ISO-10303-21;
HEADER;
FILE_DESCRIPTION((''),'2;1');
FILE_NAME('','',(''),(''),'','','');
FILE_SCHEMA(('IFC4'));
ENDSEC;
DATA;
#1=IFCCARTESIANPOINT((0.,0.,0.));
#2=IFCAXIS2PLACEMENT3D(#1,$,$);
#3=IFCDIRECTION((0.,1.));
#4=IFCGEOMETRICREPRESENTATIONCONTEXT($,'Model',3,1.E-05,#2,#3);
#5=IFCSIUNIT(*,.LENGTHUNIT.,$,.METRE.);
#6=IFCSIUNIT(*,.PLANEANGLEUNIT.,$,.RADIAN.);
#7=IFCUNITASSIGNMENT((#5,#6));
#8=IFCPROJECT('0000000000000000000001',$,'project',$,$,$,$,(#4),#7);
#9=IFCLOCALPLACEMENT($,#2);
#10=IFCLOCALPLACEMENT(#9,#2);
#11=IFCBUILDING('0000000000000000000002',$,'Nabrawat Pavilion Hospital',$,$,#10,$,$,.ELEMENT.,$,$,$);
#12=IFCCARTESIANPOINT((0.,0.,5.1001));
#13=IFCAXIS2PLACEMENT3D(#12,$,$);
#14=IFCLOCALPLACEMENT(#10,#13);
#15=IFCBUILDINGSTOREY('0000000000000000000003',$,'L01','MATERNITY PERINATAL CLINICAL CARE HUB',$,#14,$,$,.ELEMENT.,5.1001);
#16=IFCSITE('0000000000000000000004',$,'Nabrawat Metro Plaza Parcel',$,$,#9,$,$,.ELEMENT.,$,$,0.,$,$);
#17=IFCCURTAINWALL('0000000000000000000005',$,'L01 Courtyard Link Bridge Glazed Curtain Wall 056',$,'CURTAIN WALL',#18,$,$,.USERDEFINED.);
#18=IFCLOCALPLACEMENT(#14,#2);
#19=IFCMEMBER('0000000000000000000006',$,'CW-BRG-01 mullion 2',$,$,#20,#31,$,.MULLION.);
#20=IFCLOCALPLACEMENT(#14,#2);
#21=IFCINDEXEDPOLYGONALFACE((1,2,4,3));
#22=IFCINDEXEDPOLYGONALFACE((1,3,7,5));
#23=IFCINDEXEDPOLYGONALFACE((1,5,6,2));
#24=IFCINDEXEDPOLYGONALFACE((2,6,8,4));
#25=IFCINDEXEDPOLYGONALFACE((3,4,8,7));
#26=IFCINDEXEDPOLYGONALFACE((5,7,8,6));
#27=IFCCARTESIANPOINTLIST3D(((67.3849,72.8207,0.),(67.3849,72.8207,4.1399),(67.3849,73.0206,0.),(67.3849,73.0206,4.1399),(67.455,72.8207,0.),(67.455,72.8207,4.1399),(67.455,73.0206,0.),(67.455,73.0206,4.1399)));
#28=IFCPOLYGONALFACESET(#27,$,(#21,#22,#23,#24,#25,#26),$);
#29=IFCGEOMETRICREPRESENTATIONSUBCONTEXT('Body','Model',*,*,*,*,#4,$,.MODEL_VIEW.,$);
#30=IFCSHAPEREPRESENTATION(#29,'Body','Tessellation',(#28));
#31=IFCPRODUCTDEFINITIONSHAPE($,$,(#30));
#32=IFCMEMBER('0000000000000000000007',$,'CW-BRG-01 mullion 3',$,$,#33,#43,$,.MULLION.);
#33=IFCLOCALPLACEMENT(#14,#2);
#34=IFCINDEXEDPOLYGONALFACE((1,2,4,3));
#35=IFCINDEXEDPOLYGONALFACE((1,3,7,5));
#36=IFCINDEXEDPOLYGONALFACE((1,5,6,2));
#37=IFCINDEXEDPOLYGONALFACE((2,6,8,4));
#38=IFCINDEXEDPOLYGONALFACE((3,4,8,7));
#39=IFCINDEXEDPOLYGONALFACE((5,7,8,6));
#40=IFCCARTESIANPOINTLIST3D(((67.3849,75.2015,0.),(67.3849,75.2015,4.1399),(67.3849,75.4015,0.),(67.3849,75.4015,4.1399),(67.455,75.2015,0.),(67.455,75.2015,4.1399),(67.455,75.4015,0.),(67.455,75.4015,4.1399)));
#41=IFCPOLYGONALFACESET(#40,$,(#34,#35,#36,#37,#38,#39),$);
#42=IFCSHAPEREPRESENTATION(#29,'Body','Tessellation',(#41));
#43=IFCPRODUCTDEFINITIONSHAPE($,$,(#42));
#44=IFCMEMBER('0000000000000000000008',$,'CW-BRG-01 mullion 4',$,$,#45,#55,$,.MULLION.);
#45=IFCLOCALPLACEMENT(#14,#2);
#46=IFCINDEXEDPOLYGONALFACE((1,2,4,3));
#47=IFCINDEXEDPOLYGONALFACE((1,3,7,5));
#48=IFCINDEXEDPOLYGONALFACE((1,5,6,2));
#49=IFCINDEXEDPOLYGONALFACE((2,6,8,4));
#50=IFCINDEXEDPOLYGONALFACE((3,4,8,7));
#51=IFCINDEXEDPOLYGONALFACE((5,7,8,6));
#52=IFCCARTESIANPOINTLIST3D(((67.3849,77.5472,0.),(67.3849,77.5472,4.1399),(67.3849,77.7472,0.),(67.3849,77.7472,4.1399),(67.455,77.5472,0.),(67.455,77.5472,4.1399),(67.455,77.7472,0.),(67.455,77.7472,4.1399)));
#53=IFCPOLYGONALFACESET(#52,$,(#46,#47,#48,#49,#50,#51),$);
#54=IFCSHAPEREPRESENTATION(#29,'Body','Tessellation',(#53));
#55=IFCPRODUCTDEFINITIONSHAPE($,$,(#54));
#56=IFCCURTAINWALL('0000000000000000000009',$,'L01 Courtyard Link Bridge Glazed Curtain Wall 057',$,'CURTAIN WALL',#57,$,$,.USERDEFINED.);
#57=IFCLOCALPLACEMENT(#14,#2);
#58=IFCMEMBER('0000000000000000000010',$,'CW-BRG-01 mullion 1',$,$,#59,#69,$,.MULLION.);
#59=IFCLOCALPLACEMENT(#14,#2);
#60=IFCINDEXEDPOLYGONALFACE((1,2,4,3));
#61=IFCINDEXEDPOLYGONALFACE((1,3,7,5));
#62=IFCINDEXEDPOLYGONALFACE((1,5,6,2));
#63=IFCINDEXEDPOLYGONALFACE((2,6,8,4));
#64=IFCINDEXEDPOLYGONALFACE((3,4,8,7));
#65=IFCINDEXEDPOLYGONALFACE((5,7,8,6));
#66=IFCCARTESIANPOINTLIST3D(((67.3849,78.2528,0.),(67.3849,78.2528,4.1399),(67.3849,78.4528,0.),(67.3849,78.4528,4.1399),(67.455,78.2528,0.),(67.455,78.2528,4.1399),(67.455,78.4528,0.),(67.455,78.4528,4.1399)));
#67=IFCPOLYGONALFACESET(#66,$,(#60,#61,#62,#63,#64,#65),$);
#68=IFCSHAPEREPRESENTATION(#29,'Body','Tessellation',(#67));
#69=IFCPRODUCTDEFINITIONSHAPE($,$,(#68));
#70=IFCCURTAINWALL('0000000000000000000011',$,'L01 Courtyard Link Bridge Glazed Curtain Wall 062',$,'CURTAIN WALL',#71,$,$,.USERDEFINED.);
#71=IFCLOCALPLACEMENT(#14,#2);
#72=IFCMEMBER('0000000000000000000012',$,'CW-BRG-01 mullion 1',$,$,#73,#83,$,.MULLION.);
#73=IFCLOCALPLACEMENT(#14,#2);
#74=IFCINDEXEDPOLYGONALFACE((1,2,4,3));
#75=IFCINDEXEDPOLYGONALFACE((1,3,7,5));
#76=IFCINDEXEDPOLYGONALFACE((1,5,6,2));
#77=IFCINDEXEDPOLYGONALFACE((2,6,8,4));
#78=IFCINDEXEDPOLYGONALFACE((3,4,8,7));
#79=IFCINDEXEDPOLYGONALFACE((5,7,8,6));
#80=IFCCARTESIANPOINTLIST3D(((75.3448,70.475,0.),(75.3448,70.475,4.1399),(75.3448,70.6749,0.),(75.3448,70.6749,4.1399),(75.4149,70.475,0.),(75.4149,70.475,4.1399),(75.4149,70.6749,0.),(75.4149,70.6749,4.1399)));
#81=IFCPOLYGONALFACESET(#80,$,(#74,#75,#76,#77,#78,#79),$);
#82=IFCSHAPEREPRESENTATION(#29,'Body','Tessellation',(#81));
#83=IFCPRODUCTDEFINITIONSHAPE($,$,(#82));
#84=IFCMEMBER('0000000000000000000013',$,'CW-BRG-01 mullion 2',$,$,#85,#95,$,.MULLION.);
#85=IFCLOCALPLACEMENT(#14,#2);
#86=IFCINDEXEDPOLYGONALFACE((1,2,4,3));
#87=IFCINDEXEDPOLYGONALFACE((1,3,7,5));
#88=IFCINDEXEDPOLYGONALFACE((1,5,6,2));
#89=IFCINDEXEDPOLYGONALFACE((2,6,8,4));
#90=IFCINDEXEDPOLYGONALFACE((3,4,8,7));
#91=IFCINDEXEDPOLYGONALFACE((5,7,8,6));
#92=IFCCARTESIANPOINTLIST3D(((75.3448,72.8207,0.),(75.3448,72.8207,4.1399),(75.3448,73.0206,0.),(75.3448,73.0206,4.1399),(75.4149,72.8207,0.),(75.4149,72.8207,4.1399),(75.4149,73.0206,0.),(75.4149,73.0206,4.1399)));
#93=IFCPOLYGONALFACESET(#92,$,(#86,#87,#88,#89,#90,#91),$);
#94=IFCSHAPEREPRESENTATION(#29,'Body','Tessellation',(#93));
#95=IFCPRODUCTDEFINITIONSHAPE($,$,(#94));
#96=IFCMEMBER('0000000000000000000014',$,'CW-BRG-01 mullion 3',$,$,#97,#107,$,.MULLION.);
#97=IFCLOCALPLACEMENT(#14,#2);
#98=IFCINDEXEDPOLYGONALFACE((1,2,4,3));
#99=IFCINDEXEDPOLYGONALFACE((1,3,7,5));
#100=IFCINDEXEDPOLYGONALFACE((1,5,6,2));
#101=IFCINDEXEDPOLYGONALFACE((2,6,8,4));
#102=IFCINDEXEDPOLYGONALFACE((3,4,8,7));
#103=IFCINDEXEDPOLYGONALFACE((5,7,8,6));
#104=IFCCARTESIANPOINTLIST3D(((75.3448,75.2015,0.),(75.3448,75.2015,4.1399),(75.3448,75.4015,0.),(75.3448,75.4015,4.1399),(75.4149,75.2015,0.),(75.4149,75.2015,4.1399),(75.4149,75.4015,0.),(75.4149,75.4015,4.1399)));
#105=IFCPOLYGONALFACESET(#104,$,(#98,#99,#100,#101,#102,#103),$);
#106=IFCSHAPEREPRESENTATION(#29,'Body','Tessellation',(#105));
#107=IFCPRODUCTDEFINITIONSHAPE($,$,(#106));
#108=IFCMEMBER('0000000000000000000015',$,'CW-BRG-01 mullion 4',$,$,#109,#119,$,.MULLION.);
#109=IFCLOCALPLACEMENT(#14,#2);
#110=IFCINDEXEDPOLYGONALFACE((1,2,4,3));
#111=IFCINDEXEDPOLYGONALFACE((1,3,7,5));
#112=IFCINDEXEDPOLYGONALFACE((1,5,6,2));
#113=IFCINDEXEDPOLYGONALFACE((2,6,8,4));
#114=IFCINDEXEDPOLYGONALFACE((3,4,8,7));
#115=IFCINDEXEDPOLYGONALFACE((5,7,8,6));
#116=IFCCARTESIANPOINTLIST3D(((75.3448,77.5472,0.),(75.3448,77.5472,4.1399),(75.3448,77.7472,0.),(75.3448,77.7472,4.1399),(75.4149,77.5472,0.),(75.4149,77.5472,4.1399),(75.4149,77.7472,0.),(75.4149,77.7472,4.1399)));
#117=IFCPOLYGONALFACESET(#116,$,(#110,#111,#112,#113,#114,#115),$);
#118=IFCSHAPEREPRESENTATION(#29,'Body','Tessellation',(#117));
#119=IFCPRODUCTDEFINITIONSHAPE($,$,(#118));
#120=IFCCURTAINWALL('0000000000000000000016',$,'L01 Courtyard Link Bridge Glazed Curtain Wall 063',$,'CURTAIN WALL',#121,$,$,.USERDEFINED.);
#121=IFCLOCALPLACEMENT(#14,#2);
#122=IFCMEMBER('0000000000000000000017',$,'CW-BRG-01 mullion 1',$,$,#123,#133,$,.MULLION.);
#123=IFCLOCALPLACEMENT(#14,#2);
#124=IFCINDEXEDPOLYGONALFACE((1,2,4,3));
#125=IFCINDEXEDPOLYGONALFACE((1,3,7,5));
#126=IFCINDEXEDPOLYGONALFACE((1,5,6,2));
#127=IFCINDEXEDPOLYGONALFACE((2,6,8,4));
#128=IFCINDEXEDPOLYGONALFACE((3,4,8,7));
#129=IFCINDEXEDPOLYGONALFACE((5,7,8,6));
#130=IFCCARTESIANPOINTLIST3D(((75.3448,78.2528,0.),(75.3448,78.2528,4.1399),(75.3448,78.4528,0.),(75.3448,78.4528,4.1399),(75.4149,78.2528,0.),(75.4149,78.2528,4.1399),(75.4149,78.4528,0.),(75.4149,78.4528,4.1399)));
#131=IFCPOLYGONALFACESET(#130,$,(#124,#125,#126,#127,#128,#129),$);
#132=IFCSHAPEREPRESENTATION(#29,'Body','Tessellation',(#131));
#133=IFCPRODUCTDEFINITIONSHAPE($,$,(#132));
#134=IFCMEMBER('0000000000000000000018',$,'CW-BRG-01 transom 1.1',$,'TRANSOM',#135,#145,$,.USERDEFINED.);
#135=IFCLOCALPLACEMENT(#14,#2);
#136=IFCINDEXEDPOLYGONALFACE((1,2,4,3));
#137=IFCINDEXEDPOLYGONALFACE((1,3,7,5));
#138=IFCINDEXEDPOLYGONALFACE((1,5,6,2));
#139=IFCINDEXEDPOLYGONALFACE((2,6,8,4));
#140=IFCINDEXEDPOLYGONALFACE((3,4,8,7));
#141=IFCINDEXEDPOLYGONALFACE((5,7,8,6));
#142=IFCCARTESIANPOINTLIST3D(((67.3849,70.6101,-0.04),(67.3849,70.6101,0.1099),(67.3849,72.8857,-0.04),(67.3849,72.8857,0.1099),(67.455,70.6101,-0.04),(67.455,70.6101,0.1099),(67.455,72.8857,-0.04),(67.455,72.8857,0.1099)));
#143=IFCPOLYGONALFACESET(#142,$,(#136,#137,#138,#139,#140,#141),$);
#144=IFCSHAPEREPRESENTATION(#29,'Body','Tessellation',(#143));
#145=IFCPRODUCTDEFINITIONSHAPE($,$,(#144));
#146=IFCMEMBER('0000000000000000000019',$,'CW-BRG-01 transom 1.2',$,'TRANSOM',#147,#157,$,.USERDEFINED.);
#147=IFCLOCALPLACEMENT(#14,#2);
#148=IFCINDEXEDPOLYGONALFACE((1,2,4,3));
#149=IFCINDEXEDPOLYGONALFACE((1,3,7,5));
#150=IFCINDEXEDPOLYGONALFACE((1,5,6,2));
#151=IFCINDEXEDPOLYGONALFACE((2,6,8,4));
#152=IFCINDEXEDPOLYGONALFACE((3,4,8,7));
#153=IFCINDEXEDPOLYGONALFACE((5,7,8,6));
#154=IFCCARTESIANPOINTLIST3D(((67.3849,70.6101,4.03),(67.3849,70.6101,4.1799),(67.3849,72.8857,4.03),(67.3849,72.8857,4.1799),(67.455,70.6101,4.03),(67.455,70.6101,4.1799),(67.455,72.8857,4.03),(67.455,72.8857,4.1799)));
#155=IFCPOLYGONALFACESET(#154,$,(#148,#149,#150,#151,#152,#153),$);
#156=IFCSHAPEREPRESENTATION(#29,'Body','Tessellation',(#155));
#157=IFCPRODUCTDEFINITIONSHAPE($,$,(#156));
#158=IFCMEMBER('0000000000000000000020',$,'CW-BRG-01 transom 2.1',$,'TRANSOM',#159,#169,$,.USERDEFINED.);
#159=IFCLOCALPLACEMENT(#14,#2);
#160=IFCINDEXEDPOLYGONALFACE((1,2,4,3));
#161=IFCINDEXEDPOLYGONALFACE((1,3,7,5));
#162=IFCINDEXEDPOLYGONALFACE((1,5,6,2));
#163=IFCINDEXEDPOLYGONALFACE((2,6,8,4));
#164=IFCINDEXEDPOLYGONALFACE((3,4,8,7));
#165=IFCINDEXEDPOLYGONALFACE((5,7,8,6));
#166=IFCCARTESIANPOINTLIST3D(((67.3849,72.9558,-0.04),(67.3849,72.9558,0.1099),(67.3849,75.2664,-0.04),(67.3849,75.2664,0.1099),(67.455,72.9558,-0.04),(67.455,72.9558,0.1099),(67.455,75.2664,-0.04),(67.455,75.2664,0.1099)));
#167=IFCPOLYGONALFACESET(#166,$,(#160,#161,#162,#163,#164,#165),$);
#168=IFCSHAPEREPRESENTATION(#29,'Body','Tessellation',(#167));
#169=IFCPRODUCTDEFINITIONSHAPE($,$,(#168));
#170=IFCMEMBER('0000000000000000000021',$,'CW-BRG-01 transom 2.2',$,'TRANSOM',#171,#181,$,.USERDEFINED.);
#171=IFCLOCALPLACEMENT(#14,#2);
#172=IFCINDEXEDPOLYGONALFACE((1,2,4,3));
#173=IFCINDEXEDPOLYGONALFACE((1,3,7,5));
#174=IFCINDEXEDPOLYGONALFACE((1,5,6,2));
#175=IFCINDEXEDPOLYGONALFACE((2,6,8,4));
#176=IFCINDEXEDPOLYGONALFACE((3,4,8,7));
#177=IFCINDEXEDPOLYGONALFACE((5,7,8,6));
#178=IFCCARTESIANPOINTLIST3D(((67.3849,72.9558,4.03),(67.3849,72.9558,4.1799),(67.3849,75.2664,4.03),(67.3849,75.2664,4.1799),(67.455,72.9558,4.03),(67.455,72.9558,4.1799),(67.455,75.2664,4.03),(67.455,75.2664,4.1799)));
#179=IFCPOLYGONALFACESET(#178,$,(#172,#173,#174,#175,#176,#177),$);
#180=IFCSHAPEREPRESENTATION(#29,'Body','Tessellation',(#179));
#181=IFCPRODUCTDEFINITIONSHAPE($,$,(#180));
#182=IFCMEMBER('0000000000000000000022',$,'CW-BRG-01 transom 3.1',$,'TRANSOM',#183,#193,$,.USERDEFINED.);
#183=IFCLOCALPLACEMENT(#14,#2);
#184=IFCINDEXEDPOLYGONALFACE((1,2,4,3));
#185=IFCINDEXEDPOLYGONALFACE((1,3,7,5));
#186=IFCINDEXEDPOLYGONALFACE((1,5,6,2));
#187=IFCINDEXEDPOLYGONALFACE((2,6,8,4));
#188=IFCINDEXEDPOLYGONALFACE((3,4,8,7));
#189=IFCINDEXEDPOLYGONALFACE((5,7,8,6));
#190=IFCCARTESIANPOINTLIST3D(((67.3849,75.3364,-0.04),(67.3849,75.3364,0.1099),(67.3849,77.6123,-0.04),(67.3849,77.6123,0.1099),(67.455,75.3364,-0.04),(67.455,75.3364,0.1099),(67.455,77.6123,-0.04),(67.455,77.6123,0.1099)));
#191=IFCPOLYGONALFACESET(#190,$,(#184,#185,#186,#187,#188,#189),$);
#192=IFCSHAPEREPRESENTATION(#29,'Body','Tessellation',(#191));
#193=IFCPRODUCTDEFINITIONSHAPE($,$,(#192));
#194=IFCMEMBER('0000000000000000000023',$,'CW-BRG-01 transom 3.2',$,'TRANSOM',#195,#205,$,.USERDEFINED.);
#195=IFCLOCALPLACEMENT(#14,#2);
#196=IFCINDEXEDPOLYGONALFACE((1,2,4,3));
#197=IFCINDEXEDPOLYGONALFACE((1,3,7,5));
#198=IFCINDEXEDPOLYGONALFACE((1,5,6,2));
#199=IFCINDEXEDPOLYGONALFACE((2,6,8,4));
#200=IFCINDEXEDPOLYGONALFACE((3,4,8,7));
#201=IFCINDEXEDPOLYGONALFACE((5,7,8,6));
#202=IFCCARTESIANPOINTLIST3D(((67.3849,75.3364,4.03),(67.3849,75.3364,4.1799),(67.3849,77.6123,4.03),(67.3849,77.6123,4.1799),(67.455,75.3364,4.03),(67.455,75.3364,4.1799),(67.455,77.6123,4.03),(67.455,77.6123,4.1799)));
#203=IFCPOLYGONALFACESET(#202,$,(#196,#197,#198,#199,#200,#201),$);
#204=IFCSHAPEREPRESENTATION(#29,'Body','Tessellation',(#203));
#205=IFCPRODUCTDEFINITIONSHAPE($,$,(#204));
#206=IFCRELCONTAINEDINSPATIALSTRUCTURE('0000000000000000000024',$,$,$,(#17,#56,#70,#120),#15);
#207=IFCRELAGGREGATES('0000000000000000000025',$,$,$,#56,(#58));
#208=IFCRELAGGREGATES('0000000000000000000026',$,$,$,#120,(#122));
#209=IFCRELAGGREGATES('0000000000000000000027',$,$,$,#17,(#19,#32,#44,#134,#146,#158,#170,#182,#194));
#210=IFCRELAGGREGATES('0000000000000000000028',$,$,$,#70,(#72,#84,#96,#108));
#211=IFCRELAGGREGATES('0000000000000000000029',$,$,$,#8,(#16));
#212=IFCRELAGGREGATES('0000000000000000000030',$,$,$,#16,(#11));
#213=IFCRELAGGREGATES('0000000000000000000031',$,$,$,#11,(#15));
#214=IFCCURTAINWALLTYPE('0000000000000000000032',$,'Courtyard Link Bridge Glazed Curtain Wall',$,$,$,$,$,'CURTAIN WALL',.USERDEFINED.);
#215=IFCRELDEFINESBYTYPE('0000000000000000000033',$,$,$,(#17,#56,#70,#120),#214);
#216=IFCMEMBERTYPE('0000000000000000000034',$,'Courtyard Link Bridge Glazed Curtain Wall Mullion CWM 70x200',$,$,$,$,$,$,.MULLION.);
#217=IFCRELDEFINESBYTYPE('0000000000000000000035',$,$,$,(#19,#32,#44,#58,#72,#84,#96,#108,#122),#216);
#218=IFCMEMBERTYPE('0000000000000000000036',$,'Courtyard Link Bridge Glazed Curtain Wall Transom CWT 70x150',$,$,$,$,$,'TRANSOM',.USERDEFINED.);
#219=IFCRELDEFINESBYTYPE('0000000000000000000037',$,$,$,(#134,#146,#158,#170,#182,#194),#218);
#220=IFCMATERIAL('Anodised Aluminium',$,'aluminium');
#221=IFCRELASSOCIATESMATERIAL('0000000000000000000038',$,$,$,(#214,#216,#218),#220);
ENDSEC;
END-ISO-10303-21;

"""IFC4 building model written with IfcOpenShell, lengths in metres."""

from ifc_helpers import new_model, si_unit, direction, frame, origin, origin_2d, place, context, subcontext, project, spatial, rectangle, extrude, material, material_profile, profile_set, type_object, element, aggregate, save


model = new_model("IFC4")

# Units and contexts
model_context = context("Model", 3, precision=1e-05, world=origin(), true_north=direction((0.0, 1.0)))
body_context = subcontext(model_context, "Body", "Model", "MODEL_VIEW")
ifc_project = project(units=[si_unit("LENGTHUNIT", "METRE"), si_unit("PLANEANGLEUNIT", "RADIAN")], contexts=[model_context])

# Site, building, storey
site_placement = place(None, origin())
site = spatial("IfcSite", under=ifc_project, at=site_placement, Name="Nabrawat Metro Plaza Parcel", CompositionType="ELEMENT", RefElevation=0.0)
building_placement = place(site_placement, origin())
building = spatial("IfcBuilding", under=site, at=building_placement, Name="Nabrawat Pavilion Hospital", CompositionType="ELEMENT")
storey_placement = place(building_placement, frame((0.0, 0.0, 5.1001)))
storey = spatial("IfcBuildingStorey", under=building, at=storey_placement, Name="L01", Description="MATERNITY PERINATAL CLINICAL CARE HUB", CompositionType="ELEMENT", Elevation=5.1001)

# Curtain wall, members
ifc_material_1 = material(Name="Anodised Aluminium", Category="aluminium")
curtain_wall_type = type_object("IfcCurtainWallType", Name="Courtyard Link Bridge Glazed Curtain Wall", ElementType="CURTAIN WALL", PredefinedType="USERDEFINED", material=ifc_material_1)
curtain_wall_1_placement = place(storey_placement, origin())
curtain_wall_1 = element("IfcCurtainWall", 1, at=curtain_wall_1_placement, inside=storey, type_object=curtain_wall_type, Name="L01 Courtyard Link Bridge Glazed Curtain Wall 056", ObjectType="CURTAIN WALL", PredefinedType="USERDEFINED")
ifc_material_profile_1 = material_profile(ifc_material_1, rectangle(XDim=0.0701, YDim=0.2, at=origin_2d()), Name="CWM 70x200")
ifc_profile_set_1 = profile_set([ifc_material_profile_1], Name="Anodised Aluminium")
member_type_1 = type_object("IfcMemberType", Name="Courtyard Link Bridge Glazed Curtain Wall Mullion CWM 70x200", PredefinedType="MULLION", material=ifc_profile_set_1)
member_1_placement = place(storey_placement, frame((67.4199, 72.9207, 0.0), z_axis=(0.0, 0.0, 1.0), x_axis=(-1.0, 0.0, 0.0)))
member_1 = element("IfcMember", 2, at=member_1_placement, type_object=member_type_1, Name="CW-BRG-01 mullion 2", PredefinedType="MULLION", context=body_context, shape_type="SweptSolid", body=[
    extrude(rectangle(XDim=0.0701, YDim=0.2, at=origin_2d()), origin(), (0.0, 0.0, 1.0), 4.1399),
])
member_2_placement = place(storey_placement, frame((67.4199, 75.3015, 0.0), z_axis=(0.0, 0.0, 1.0), x_axis=(-1.0, 0.0, 0.0)))
member_2 = element("IfcMember", 3, at=member_2_placement, type_object=member_type_1, Name="CW-BRG-01 mullion 3", PredefinedType="MULLION", context=body_context, shape_type="SweptSolid", body=[
    extrude(rectangle(XDim=0.0701, YDim=0.2, at=origin_2d()), origin(), (0.0, 0.0, 1.0), 4.1399),
])
member_3_placement = place(storey_placement, frame((67.4199, 77.6472, 0.0), z_axis=(0.0, 0.0, 1.0), x_axis=(-1.0, 0.0, 0.0)))
member_3 = element("IfcMember", 4, at=member_3_placement, type_object=member_type_1, Name="CW-BRG-01 mullion 4", PredefinedType="MULLION", context=body_context, shape_type="SweptSolid", body=[
    extrude(rectangle(XDim=0.0701, YDim=0.2, at=origin_2d()), origin(), (0.0, 0.0, 1.0), 4.1399),
])

# Curtain wall, member
curtain_wall_2_placement = place(storey_placement, origin())
curtain_wall_2 = element("IfcCurtainWall", 5, at=curtain_wall_2_placement, inside=storey, type_object=curtain_wall_type, Name="L01 Courtyard Link Bridge Glazed Curtain Wall 057", ObjectType="CURTAIN WALL", PredefinedType="USERDEFINED")
member_4_placement = place(storey_placement, frame((67.4199, 78.3528, 0.0), z_axis=(0.0, 0.0, 1.0), x_axis=(-1.0, 0.0, 0.0)))
member_4 = element("IfcMember", 6, at=member_4_placement, type_object=member_type_1, Name="CW-BRG-01 mullion 1", PredefinedType="MULLION", context=body_context, shape_type="SweptSolid", body=[
    extrude(rectangle(XDim=0.0701, YDim=0.2, at=origin_2d()), origin(), (0.0, 0.0, 1.0), 4.1399),
])
aggregate(curtain_wall_2, [member_4])

# Curtain wall, members
curtain_wall_3_placement = place(storey_placement, origin())
curtain_wall_3 = element("IfcCurtainWall", 7, at=curtain_wall_3_placement, inside=storey, type_object=curtain_wall_type, Name="L01 Courtyard Link Bridge Glazed Curtain Wall 062", ObjectType="CURTAIN WALL", PredefinedType="USERDEFINED")
member_5_placement = place(storey_placement, frame((75.3799, 70.575, 0.0), z_axis=(0.0, 0.0, 1.0), x_axis=(-1.0, 0.0, 0.0)))
member_5 = element("IfcMember", 8, at=member_5_placement, type_object=member_type_1, Name="CW-BRG-01 mullion 1", PredefinedType="MULLION", context=body_context, shape_type="SweptSolid", body=[
    extrude(rectangle(XDim=0.0701, YDim=0.2, at=origin_2d()), origin(), (0.0, 0.0, 1.0), 4.1399),
])
member_6_placement = place(storey_placement, frame((75.3799, 72.9207, 0.0), z_axis=(0.0, 0.0, 1.0), x_axis=(-1.0, 0.0, 0.0)))
member_6 = element("IfcMember", 9, at=member_6_placement, type_object=member_type_1, Name="CW-BRG-01 mullion 2", PredefinedType="MULLION", context=body_context, shape_type="SweptSolid", body=[
    extrude(rectangle(XDim=0.0701, YDim=0.2, at=origin_2d()), origin(), (0.0, 0.0, 1.0), 4.1399),
])
member_7_placement = place(storey_placement, frame((75.3799, 75.3015, 0.0), z_axis=(0.0, 0.0, 1.0), x_axis=(-1.0, 0.0, 0.0)))
member_7 = element("IfcMember", 10, at=member_7_placement, type_object=member_type_1, Name="CW-BRG-01 mullion 3", PredefinedType="MULLION", context=body_context, shape_type="SweptSolid", body=[
    extrude(rectangle(XDim=0.0701, YDim=0.2, at=origin_2d()), origin(), (0.0, 0.0, 1.0), 4.1399),
])
member_8_placement = place(storey_placement, frame((75.3799, 77.6472, 0.0), z_axis=(0.0, 0.0, 1.0), x_axis=(-1.0, 0.0, 0.0)))
member_8 = element("IfcMember", 11, at=member_8_placement, type_object=member_type_1, Name="CW-BRG-01 mullion 4", PredefinedType="MULLION", context=body_context, shape_type="SweptSolid", body=[
    extrude(rectangle(XDim=0.0701, YDim=0.2, at=origin_2d()), origin(), (0.0, 0.0, 1.0), 4.1399),
])

# Curtain wall, member
curtain_wall_4_placement = place(storey_placement, origin())
curtain_wall_4 = element("IfcCurtainWall", 12, at=curtain_wall_4_placement, inside=storey, type_object=curtain_wall_type, Name="L01 Courtyard Link Bridge Glazed Curtain Wall 063", ObjectType="CURTAIN WALL", PredefinedType="USERDEFINED")
member_9_placement = place(storey_placement, frame((75.3799, 78.3528, 0.0), z_axis=(0.0, 0.0, 1.0), x_axis=(-1.0, 0.0, 0.0)))
member_9 = element("IfcMember", 13, at=member_9_placement, type_object=member_type_1, Name="CW-BRG-01 mullion 1", PredefinedType="MULLION", context=body_context, shape_type="SweptSolid", body=[
    extrude(rectangle(XDim=0.0701, YDim=0.2, at=origin_2d()), origin(), (0.0, 0.0, 1.0), 4.1399),
])
aggregate(curtain_wall_4, [member_9])

# Members
ifc_material_profile_2 = material_profile(ifc_material_1, rectangle(XDim=0.0701, YDim=0.1499, at=origin_2d()), Name="CWT 70x150")
ifc_profile_set_2 = profile_set([ifc_material_profile_2], Name="Anodised Aluminium")
member_type_2 = type_object("IfcMemberType", Name="Courtyard Link Bridge Glazed Curtain Wall Transom CWT 70x150", ElementType="TRANSOM", PredefinedType="USERDEFINED", material=ifc_profile_set_2)
member_10_placement = place(storey_placement, frame((67.4199, 70.6101, 0.0349), z_axis=(0.0, 1.0, 0.0), x_axis=(-1.0, 0.0, 0.0)))
member_10 = element("IfcMember", 14, at=member_10_placement, type_object=member_type_2, Name="CW-BRG-01 transom 1.1", ObjectType="TRANSOM", PredefinedType="USERDEFINED", context=body_context, shape_type="SweptSolid", body=[
    extrude(rectangle(XDim=0.0701, YDim=0.1499, at=origin_2d()), origin(), (0.0, 0.0, 1.0), 2.2756),
])
member_11_placement = place(storey_placement, frame((67.4199, 70.6101, 4.105), z_axis=(0.0, 1.0, 0.0), x_axis=(-1.0, 0.0, 0.0)))
member_11 = element("IfcMember", 15, at=member_11_placement, type_object=member_type_2, Name="CW-BRG-01 transom 1.2", ObjectType="TRANSOM", PredefinedType="USERDEFINED", context=body_context, shape_type="SweptSolid", body=[
    extrude(rectangle(XDim=0.0701, YDim=0.1499, at=origin_2d()), origin(), (0.0, 0.0, 1.0), 2.2756),
])
member_12_placement = place(storey_placement, frame((67.4199, 72.9558, 0.0349), z_axis=(0.0, 1.0, 0.0), x_axis=(-1.0, 0.0, 0.0)))
member_12 = element("IfcMember", 16, at=member_12_placement, type_object=member_type_2, Name="CW-BRG-01 transom 2.1", ObjectType="TRANSOM", PredefinedType="USERDEFINED", context=body_context, shape_type="SweptSolid", body=[
    extrude(rectangle(XDim=0.0701, YDim=0.1499, at=origin_2d()), origin(), (0.0, 0.0, 1.0), 2.3105),
])
member_13_placement = place(storey_placement, frame((67.4199, 72.9558, 4.105), z_axis=(0.0, 1.0, 0.0), x_axis=(-1.0, 0.0, 0.0)))
member_13 = element("IfcMember", 17, at=member_13_placement, type_object=member_type_2, Name="CW-BRG-01 transom 2.2", ObjectType="TRANSOM", PredefinedType="USERDEFINED", context=body_context, shape_type="SweptSolid", body=[
    extrude(rectangle(XDim=0.0701, YDim=0.1499, at=origin_2d()), origin(), (0.0, 0.0, 1.0), 2.3105),
])
member_14_placement = place(storey_placement, frame((67.4199, 75.3364, 0.0349), z_axis=(0.0, 1.0, 0.0), x_axis=(-1.0, 0.0, 0.0)))
member_14 = element("IfcMember", 18, at=member_14_placement, type_object=member_type_2, Name="CW-BRG-01 transom 3.1", ObjectType="TRANSOM", PredefinedType="USERDEFINED", context=body_context, shape_type="SweptSolid", body=[
    extrude(rectangle(XDim=0.0701, YDim=0.1499, at=origin_2d()), origin(), (0.0, 0.0, 1.0), 2.2759),
])
member_15_placement = place(storey_placement, frame((67.4199, 75.3364, 4.105), z_axis=(0.0, 1.0, 0.0), x_axis=(-1.0, 0.0, 0.0)))
member_15 = element("IfcMember", 19, at=member_15_placement, type_object=member_type_2, Name="CW-BRG-01 transom 3.2", ObjectType="TRANSOM", PredefinedType="USERDEFINED", context=body_context, shape_type="SweptSolid", body=[
    extrude(rectangle(XDim=0.0701, YDim=0.1499, at=origin_2d()), origin(), (0.0, 0.0, 1.0), 2.2759),
])

aggregate(curtain_wall_1, [member_1, member_2, member_3, member_10, member_11, member_12, member_13, member_14, member_15])
aggregate(curtain_wall_3, [member_5, member_6, member_7, member_8])

save(model, "model.ifc")
